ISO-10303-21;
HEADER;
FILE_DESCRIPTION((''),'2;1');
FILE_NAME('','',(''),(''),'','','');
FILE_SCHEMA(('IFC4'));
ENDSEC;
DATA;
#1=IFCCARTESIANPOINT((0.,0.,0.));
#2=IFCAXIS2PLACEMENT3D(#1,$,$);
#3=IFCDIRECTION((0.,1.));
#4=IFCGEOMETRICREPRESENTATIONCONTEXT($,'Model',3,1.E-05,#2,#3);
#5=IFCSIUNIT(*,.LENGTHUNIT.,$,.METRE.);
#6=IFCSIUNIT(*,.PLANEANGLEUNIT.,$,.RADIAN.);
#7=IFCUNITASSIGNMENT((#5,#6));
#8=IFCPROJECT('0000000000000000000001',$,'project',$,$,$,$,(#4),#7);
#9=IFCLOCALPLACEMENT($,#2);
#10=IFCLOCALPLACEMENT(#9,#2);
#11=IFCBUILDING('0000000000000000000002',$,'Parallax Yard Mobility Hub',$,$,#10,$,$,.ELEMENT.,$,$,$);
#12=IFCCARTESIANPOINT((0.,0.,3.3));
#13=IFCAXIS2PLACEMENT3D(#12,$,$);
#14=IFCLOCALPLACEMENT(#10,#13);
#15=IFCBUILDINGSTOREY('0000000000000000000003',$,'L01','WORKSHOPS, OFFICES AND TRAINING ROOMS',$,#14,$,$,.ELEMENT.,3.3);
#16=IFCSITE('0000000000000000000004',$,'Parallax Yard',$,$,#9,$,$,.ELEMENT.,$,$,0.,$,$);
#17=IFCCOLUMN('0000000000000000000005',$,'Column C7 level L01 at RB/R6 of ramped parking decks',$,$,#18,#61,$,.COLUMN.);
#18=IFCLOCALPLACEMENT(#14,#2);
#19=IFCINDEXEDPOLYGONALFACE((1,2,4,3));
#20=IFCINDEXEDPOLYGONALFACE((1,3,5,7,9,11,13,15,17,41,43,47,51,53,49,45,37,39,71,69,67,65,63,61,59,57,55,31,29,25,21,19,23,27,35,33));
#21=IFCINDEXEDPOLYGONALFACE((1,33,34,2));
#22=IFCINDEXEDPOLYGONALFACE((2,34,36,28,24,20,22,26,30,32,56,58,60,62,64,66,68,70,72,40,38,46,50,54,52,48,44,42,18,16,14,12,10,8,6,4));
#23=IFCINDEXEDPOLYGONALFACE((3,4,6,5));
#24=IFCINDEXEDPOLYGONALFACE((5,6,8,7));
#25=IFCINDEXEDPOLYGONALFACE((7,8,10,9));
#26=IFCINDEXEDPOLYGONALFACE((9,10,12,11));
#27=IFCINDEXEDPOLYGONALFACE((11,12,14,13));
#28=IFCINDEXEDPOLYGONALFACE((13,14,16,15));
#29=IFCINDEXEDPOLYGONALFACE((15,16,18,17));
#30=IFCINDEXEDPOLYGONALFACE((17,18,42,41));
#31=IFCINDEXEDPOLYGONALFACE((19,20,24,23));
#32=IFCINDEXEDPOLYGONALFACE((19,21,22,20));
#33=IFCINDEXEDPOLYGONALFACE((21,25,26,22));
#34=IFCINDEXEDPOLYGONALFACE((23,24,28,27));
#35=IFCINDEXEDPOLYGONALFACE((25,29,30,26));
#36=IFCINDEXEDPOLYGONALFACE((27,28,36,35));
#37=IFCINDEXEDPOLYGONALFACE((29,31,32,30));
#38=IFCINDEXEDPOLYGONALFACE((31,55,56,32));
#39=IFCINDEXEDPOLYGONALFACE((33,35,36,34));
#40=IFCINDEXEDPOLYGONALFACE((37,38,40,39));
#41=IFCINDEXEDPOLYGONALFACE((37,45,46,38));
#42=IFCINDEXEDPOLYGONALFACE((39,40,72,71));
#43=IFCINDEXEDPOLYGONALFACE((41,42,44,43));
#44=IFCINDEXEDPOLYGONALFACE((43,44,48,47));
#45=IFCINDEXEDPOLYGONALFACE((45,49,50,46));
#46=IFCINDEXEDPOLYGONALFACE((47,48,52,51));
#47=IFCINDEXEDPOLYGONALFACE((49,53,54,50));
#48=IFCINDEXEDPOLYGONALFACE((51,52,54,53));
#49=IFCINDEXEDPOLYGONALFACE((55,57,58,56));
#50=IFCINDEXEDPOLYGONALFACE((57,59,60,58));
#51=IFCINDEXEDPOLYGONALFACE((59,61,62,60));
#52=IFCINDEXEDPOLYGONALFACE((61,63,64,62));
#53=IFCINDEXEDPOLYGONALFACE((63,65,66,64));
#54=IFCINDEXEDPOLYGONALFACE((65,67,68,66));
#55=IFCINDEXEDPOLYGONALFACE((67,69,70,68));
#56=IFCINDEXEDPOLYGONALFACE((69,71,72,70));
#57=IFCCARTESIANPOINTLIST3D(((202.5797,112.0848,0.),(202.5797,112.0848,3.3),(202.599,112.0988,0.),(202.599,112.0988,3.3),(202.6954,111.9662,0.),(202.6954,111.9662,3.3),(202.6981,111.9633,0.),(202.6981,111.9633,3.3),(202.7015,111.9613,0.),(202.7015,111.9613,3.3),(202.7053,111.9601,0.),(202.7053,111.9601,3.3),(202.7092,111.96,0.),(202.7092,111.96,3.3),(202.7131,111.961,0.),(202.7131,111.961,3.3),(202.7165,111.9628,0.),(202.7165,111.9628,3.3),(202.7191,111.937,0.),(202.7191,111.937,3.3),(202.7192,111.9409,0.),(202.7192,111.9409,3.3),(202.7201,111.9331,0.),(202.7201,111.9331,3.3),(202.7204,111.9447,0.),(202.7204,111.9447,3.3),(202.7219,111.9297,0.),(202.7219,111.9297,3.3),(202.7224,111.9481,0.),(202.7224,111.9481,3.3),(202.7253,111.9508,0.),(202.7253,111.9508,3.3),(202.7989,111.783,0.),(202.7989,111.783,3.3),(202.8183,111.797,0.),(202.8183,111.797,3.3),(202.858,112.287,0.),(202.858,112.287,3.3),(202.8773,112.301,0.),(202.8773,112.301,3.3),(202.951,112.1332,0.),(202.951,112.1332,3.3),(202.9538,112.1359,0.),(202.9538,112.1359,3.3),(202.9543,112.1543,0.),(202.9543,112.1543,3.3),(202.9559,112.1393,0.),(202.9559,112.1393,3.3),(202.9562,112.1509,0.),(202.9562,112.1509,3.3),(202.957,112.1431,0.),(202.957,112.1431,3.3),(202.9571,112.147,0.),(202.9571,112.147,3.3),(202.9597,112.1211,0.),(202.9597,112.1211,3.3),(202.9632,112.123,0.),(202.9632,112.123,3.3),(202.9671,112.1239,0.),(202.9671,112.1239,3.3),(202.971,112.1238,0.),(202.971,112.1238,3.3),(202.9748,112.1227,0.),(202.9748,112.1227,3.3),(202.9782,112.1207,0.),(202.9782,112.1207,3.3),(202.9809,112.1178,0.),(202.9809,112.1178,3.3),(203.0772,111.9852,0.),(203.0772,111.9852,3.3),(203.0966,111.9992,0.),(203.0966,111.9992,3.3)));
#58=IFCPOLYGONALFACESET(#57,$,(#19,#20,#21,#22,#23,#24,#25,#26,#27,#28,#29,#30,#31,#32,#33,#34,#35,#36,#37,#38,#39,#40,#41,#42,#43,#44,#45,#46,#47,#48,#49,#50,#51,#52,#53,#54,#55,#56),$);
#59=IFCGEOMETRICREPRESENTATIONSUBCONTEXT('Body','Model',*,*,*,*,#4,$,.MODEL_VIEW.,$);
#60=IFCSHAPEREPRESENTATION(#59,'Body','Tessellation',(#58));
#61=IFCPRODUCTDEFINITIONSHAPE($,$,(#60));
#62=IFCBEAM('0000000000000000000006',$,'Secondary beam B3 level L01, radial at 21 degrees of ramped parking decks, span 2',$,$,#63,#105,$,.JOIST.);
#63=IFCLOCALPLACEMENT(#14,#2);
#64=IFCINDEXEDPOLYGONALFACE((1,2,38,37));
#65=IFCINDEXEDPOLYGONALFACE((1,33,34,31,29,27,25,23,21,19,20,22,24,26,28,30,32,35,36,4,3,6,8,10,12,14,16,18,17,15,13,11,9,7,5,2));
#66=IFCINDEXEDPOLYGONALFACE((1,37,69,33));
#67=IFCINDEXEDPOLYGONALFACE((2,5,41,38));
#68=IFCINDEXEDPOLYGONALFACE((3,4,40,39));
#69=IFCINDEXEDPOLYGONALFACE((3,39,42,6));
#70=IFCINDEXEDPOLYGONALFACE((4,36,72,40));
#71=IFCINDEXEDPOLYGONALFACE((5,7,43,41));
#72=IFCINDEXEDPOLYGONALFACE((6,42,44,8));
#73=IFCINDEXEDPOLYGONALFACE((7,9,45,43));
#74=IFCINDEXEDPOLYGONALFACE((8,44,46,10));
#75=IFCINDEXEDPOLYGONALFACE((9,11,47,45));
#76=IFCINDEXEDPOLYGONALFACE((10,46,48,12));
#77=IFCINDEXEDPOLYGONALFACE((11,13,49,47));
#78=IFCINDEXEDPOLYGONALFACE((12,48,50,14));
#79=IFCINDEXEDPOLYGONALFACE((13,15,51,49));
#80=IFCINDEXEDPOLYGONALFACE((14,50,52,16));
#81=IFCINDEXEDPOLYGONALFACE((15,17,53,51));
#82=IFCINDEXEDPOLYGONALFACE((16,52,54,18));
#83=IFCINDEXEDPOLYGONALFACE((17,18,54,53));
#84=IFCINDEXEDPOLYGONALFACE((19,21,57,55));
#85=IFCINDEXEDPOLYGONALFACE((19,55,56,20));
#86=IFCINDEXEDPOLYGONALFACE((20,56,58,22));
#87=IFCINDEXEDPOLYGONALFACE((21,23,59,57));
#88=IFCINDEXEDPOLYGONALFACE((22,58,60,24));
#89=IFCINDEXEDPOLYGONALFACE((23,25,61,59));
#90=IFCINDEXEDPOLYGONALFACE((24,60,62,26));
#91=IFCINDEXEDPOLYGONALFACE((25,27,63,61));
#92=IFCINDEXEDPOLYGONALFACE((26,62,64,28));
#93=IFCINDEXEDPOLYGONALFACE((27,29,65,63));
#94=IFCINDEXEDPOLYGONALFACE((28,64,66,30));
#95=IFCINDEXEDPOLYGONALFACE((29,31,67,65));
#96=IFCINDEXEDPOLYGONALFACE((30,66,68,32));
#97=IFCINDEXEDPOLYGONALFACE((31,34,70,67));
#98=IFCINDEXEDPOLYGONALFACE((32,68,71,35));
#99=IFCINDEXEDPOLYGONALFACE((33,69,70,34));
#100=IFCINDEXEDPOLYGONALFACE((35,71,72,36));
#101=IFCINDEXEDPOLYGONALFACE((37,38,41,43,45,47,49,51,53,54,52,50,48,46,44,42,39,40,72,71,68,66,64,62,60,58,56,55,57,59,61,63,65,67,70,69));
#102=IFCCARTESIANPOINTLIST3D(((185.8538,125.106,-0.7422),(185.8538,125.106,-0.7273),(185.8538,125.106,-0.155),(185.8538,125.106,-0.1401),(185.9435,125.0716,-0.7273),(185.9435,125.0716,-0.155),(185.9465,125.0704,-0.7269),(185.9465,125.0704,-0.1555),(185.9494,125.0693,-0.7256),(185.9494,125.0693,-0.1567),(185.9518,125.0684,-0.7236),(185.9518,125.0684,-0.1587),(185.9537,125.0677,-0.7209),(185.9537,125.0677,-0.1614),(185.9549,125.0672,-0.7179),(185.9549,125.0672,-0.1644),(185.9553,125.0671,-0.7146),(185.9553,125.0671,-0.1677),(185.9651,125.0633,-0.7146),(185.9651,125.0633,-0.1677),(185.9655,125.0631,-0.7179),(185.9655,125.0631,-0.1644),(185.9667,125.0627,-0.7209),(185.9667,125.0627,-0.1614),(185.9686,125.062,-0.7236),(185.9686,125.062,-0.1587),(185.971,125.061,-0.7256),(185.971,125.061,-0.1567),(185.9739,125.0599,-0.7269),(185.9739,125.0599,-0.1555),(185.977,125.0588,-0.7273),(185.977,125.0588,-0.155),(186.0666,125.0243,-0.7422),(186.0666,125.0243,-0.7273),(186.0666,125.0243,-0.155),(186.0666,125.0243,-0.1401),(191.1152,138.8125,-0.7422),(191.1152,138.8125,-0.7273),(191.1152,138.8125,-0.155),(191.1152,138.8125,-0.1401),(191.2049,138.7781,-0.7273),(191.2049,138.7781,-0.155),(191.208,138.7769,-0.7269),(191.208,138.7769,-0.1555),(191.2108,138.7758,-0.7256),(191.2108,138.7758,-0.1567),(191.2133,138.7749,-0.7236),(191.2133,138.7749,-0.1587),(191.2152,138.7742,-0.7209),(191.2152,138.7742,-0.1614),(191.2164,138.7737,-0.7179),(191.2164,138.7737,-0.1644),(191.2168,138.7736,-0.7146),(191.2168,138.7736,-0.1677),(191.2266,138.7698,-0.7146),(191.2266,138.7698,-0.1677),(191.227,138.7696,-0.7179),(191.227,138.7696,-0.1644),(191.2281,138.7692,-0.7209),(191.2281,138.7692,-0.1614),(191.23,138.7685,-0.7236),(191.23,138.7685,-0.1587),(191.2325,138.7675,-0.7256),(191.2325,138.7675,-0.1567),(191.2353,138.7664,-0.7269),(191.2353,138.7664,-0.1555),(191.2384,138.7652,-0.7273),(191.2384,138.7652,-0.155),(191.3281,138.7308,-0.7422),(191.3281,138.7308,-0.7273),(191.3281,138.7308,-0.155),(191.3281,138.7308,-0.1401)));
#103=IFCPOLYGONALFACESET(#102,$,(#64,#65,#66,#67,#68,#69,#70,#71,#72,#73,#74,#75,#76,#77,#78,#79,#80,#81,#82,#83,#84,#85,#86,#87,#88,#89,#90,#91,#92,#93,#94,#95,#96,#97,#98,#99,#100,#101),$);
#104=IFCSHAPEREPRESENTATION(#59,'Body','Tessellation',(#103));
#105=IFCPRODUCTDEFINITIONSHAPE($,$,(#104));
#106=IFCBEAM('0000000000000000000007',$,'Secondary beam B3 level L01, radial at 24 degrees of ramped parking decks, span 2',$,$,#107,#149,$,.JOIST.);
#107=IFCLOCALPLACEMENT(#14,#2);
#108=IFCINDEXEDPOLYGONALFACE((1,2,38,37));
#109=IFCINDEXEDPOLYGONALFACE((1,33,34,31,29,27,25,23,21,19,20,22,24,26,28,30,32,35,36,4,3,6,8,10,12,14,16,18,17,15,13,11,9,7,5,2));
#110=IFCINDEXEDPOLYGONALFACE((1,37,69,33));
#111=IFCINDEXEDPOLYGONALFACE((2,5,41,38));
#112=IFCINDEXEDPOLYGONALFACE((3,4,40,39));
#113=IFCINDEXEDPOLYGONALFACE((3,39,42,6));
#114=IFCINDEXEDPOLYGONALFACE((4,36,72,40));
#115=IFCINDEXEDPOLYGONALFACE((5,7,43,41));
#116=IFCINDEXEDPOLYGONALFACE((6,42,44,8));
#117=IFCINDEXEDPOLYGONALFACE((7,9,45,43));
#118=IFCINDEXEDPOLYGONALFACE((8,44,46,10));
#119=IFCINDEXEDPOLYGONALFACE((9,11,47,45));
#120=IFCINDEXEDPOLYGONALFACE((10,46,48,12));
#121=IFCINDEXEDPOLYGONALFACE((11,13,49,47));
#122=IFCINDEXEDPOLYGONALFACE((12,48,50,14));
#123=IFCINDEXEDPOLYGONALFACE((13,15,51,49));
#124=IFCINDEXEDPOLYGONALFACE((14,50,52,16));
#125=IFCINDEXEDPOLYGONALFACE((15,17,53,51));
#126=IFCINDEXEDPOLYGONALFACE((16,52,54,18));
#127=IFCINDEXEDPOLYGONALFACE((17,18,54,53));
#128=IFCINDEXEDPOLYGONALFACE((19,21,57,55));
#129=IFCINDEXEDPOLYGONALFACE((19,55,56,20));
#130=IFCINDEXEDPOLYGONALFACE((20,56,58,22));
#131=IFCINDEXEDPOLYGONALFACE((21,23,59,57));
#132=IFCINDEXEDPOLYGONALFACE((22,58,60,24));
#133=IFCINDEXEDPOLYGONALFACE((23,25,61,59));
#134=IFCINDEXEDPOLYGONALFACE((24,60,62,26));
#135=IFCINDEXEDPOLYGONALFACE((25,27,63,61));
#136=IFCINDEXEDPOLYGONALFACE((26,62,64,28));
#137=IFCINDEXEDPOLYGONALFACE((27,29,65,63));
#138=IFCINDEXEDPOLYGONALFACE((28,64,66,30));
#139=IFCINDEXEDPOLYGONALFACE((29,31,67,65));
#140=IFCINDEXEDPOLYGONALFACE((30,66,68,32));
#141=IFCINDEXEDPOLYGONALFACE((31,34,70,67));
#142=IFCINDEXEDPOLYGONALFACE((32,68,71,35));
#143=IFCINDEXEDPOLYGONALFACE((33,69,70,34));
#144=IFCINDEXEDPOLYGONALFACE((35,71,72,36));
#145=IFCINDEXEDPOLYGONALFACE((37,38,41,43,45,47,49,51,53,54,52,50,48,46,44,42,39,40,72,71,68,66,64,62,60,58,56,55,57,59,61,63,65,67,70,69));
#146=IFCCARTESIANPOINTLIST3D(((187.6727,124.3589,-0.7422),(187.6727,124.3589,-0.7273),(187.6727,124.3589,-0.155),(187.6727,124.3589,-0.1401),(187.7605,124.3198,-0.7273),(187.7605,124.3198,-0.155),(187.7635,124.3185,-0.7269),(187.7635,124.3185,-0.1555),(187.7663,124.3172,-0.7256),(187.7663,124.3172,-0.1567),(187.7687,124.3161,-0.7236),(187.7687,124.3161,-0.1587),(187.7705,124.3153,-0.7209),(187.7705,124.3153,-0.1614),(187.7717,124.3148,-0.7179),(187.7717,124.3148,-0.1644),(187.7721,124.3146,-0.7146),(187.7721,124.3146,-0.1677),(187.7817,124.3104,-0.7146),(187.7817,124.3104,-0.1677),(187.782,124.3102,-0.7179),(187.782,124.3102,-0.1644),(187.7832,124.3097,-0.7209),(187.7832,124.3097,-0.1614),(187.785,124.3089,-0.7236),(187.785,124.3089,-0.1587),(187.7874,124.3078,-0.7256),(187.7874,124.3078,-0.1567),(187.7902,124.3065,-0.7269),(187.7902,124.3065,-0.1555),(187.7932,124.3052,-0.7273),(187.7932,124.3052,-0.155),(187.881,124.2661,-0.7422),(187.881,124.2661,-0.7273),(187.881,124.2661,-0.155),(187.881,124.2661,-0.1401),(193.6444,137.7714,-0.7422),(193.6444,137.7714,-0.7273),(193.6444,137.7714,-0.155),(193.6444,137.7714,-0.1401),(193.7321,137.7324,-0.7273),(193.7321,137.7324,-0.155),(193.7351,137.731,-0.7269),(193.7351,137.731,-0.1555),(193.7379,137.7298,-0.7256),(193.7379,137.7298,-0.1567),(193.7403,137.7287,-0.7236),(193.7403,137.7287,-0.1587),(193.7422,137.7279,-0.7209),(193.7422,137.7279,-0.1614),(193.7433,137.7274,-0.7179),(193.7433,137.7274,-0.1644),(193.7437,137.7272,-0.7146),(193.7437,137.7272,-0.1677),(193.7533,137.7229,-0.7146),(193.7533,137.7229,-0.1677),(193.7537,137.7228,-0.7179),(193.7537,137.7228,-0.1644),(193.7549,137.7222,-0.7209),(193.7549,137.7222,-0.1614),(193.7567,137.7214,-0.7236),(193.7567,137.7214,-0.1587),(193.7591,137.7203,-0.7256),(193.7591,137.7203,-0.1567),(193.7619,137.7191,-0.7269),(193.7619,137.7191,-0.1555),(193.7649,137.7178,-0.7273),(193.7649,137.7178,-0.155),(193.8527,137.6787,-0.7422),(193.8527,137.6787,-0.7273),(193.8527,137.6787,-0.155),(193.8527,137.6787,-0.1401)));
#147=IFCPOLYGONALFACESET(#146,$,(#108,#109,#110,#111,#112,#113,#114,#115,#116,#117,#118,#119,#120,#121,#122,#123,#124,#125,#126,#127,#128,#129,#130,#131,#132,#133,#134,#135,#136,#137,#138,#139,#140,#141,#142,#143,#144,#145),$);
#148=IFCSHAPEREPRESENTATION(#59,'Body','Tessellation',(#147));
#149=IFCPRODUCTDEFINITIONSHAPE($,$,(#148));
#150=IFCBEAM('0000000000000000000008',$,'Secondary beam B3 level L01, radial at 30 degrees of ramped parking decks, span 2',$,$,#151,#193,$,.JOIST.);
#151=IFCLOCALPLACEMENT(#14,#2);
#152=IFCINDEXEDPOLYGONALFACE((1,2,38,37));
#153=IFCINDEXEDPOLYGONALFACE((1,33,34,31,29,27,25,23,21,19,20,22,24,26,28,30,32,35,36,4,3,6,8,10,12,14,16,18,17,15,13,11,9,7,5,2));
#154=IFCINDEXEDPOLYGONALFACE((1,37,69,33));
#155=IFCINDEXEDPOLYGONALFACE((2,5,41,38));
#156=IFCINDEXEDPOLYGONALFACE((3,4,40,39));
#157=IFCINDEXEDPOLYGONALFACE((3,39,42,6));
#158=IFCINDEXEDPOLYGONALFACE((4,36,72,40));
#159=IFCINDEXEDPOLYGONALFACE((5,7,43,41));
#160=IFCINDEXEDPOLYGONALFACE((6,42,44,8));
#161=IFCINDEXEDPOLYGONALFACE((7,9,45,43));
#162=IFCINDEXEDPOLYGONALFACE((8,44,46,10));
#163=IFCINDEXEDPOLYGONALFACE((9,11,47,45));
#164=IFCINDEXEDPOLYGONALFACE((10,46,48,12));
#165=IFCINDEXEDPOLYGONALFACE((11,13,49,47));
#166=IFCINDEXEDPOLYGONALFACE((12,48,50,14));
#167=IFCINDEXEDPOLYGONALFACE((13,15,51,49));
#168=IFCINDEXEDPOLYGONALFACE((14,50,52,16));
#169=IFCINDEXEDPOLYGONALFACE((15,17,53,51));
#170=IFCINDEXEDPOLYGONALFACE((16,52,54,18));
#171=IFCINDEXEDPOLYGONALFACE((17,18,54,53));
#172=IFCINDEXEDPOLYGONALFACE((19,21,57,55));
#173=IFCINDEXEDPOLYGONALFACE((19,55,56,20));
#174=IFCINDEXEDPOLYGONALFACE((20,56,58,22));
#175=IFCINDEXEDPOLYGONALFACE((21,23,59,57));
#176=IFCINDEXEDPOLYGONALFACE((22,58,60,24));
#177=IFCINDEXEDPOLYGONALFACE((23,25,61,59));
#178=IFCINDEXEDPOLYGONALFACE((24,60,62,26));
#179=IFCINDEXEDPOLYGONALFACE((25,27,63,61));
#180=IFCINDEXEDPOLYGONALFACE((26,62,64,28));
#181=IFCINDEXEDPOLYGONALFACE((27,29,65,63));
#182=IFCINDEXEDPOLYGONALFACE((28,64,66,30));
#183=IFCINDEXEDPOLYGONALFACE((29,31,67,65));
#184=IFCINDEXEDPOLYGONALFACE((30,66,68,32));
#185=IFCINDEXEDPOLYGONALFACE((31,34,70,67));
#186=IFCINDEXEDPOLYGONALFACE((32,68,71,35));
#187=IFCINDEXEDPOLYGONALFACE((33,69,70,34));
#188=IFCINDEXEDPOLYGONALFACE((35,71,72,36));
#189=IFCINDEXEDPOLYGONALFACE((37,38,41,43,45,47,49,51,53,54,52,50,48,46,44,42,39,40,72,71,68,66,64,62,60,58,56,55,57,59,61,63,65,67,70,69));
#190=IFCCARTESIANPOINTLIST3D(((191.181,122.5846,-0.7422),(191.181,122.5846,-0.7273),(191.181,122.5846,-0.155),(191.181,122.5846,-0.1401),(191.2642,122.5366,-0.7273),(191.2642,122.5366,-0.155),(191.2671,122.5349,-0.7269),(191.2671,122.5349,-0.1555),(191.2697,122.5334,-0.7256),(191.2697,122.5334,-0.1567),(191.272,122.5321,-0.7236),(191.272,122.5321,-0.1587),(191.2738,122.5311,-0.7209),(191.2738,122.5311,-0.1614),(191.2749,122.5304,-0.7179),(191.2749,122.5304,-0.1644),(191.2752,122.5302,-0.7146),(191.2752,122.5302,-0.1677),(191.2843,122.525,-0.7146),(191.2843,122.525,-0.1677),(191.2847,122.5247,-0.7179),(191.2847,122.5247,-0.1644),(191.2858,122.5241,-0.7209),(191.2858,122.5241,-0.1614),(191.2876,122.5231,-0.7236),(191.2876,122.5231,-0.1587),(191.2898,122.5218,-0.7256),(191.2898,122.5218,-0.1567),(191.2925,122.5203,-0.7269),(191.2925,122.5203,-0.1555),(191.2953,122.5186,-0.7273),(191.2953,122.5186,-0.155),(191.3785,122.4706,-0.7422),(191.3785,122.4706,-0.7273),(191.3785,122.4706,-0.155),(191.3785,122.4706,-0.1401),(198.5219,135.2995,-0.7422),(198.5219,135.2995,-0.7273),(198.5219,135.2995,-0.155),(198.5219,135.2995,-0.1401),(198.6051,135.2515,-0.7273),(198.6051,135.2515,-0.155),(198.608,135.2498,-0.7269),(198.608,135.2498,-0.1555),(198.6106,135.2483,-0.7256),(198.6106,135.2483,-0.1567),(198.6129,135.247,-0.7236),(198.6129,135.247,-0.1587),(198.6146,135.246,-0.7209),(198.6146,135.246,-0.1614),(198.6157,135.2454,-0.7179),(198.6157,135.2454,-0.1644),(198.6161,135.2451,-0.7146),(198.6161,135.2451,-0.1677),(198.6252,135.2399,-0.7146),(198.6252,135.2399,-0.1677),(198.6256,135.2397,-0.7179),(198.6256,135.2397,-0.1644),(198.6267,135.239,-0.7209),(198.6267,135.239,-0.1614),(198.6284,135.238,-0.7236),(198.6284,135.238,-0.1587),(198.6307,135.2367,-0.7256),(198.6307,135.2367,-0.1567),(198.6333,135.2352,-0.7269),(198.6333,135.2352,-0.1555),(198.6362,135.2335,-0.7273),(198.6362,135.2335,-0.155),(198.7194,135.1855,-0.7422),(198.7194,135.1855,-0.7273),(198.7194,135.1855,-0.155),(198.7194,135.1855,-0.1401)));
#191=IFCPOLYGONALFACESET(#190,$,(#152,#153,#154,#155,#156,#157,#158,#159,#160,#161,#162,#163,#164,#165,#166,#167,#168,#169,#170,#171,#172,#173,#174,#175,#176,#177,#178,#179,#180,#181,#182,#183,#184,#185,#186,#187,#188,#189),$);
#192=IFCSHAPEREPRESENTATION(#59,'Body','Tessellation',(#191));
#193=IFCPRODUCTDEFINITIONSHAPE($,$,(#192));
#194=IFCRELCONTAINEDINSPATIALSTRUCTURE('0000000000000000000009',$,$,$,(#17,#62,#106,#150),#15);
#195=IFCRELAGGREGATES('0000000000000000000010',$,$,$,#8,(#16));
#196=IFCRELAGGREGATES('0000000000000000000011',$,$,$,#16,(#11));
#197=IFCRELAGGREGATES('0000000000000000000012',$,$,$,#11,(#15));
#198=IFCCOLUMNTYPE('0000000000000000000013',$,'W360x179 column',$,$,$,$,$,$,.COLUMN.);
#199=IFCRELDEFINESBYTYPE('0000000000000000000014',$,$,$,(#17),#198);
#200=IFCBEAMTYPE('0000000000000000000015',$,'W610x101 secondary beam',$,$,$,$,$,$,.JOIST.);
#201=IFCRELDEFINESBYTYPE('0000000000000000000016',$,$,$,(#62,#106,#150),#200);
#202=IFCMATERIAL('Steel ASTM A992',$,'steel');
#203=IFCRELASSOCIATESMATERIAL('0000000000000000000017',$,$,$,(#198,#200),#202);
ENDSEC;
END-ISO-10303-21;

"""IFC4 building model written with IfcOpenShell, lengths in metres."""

from ifc_helpers import new_model, si_unit, direction, frame, origin, origin_2d, place, context, subcontext, project, spatial, i_section, extrude, material, material_profile, profile_set, type_object, element, save


model = new_model("IFC4")

# Units and contexts
model_context = context("Model", 3, precision=1e-05, world=origin(), true_north=direction((0.0, 1.0)))
body_context = subcontext(model_context, "Body", "Model", "MODEL_VIEW")
ifc_project = project(units=[si_unit("LENGTHUNIT", "METRE"), si_unit("PLANEANGLEUNIT", "RADIAN")], contexts=[model_context])

# Site, building, storey
site_placement = place(None, origin())
site = spatial("IfcSite", under=ifc_project, at=site_placement, Name="Parallax Yard", CompositionType="ELEMENT", RefElevation=0.0)
building_placement = place(site_placement, origin())
building = spatial("IfcBuilding", under=site, at=building_placement, Name="Parallax Yard Mobility Hub", CompositionType="ELEMENT")
storey_placement = place(building_placement, frame((0.0, 0.0, 3.3)))
storey = spatial("IfcBuildingStorey", under=building, at=storey_placement, Name="L01", Description="WORKSHOPS, OFFICES AND TRAINING ROOMS", CompositionType="ELEMENT", Elevation=3.3)

# Column
ifc_material_1 = material(Name="Steel ASTM A992", Category="steel")
ifc_material_profile_1 = material_profile(ifc_material_1, i_section(OverallWidth=0.373, OverallDepth=0.3679, WebThickness=0.0149, FlangeThickness=0.0239, FilletRadius=0.0151, at=origin_2d()), Name="W360x179")
ifc_profile_set_1 = profile_set([ifc_material_profile_1], Name="Steel ASTM A992")
column_type_1 = type_object("IfcColumnType", Name="W360x179 column", PredefinedType="COLUMN", material=ifc_profile_set_1)
for number, where, z_axis, x_axis, name in (
    (1, (202.8381, 112.042, 0.0), (0.0, 0.0, 1.0), (-0.587785, 0.809017, 0.0), "Column C7 level L01 at RB/R6 of ramped parking decks"),
):
    element("IfcColumn", number, at=place(storey_placement, frame(where, z_axis=z_axis, x_axis=x_axis)), inside=storey, type_object=column_type_1, Name=name, PredefinedType="COLUMN", context=body_context, shape_type="SweptSolid", body=[
        extrude(i_section(OverallWidth=0.373, OverallDepth=0.3679, WebThickness=0.0149, FlangeThickness=0.0239, FilletRadius=0.0151, at=origin_2d()), origin(), (0.0, 0.0, 1.0), 3.3),
    ])

# Beams
ifc_material_profile_2 = material_profile(ifc_material_1, i_section(OverallWidth=0.228, OverallDepth=0.6021, WebThickness=0.0105, FlangeThickness=0.0149, FilletRadius=0.0127, at=origin_2d()), Name="W610x101")
ifc_profile_set_2 = profile_set([ifc_material_profile_2], Name="Steel ASTM A992")
beam_type_1 = type_object("IfcBeamType", Name="W610x101 secondary beam", PredefinedType="JOIST", material=ifc_profile_set_2)
beam_1_placement = place(storey_placement, frame((185.9602, 125.0652, -0.4412), z_axis=(0.358369, 0.93358, 0.0), x_axis=(-0.93358, 0.358369, 0.0)))
element("IfcBeam", 2, at=beam_1_placement, inside=storey, type_object=beam_type_1, Name="Secondary beam B3 level L01, radial at 21 degrees of ramped parking decks, span 2", PredefinedType="JOIST", context=body_context, shape_type="SweptSolid", body=[
    extrude(i_section(OverallWidth=0.228, OverallDepth=0.6021, WebThickness=0.0105, FlangeThickness=0.0149, FilletRadius=0.0127, at=origin_2d()), origin(), (0.0, 0.0, 1.0), 14.6816),
])
for number, where, z_axis, x_axis, name in (
    (3, (187.7769, 124.3125, -0.4412), (0.406737, 0.913545, 0.0), (-0.913545, 0.406737, 0.0), "Secondary beam B3 level L01, radial at 24 degrees of ramped parking decks, span 2"),
    (4, (191.2798, 122.5276, -0.4412), (0.499995, 0.866028, 0.0), (-0.866028, 0.499995, 0.0), "Secondary beam B3 level L01, radial at 30 degrees of ramped parking decks, span 2"),
):
    element("IfcBeam", number, at=place(storey_placement, frame(where, z_axis=z_axis, x_axis=x_axis)), inside=storey, type_object=beam_type_1, Name=name, PredefinedType="JOIST", context=body_context, shape_type="SweptSolid", body=[
        extrude(i_section(OverallWidth=0.228, OverallDepth=0.6021, WebThickness=0.0105, FlangeThickness=0.0149, FilletRadius=0.0127, at=origin_2d()), origin(), (0.0, 0.0, 1.0), 14.6819),
    ])

save(model, "model.ifc")
